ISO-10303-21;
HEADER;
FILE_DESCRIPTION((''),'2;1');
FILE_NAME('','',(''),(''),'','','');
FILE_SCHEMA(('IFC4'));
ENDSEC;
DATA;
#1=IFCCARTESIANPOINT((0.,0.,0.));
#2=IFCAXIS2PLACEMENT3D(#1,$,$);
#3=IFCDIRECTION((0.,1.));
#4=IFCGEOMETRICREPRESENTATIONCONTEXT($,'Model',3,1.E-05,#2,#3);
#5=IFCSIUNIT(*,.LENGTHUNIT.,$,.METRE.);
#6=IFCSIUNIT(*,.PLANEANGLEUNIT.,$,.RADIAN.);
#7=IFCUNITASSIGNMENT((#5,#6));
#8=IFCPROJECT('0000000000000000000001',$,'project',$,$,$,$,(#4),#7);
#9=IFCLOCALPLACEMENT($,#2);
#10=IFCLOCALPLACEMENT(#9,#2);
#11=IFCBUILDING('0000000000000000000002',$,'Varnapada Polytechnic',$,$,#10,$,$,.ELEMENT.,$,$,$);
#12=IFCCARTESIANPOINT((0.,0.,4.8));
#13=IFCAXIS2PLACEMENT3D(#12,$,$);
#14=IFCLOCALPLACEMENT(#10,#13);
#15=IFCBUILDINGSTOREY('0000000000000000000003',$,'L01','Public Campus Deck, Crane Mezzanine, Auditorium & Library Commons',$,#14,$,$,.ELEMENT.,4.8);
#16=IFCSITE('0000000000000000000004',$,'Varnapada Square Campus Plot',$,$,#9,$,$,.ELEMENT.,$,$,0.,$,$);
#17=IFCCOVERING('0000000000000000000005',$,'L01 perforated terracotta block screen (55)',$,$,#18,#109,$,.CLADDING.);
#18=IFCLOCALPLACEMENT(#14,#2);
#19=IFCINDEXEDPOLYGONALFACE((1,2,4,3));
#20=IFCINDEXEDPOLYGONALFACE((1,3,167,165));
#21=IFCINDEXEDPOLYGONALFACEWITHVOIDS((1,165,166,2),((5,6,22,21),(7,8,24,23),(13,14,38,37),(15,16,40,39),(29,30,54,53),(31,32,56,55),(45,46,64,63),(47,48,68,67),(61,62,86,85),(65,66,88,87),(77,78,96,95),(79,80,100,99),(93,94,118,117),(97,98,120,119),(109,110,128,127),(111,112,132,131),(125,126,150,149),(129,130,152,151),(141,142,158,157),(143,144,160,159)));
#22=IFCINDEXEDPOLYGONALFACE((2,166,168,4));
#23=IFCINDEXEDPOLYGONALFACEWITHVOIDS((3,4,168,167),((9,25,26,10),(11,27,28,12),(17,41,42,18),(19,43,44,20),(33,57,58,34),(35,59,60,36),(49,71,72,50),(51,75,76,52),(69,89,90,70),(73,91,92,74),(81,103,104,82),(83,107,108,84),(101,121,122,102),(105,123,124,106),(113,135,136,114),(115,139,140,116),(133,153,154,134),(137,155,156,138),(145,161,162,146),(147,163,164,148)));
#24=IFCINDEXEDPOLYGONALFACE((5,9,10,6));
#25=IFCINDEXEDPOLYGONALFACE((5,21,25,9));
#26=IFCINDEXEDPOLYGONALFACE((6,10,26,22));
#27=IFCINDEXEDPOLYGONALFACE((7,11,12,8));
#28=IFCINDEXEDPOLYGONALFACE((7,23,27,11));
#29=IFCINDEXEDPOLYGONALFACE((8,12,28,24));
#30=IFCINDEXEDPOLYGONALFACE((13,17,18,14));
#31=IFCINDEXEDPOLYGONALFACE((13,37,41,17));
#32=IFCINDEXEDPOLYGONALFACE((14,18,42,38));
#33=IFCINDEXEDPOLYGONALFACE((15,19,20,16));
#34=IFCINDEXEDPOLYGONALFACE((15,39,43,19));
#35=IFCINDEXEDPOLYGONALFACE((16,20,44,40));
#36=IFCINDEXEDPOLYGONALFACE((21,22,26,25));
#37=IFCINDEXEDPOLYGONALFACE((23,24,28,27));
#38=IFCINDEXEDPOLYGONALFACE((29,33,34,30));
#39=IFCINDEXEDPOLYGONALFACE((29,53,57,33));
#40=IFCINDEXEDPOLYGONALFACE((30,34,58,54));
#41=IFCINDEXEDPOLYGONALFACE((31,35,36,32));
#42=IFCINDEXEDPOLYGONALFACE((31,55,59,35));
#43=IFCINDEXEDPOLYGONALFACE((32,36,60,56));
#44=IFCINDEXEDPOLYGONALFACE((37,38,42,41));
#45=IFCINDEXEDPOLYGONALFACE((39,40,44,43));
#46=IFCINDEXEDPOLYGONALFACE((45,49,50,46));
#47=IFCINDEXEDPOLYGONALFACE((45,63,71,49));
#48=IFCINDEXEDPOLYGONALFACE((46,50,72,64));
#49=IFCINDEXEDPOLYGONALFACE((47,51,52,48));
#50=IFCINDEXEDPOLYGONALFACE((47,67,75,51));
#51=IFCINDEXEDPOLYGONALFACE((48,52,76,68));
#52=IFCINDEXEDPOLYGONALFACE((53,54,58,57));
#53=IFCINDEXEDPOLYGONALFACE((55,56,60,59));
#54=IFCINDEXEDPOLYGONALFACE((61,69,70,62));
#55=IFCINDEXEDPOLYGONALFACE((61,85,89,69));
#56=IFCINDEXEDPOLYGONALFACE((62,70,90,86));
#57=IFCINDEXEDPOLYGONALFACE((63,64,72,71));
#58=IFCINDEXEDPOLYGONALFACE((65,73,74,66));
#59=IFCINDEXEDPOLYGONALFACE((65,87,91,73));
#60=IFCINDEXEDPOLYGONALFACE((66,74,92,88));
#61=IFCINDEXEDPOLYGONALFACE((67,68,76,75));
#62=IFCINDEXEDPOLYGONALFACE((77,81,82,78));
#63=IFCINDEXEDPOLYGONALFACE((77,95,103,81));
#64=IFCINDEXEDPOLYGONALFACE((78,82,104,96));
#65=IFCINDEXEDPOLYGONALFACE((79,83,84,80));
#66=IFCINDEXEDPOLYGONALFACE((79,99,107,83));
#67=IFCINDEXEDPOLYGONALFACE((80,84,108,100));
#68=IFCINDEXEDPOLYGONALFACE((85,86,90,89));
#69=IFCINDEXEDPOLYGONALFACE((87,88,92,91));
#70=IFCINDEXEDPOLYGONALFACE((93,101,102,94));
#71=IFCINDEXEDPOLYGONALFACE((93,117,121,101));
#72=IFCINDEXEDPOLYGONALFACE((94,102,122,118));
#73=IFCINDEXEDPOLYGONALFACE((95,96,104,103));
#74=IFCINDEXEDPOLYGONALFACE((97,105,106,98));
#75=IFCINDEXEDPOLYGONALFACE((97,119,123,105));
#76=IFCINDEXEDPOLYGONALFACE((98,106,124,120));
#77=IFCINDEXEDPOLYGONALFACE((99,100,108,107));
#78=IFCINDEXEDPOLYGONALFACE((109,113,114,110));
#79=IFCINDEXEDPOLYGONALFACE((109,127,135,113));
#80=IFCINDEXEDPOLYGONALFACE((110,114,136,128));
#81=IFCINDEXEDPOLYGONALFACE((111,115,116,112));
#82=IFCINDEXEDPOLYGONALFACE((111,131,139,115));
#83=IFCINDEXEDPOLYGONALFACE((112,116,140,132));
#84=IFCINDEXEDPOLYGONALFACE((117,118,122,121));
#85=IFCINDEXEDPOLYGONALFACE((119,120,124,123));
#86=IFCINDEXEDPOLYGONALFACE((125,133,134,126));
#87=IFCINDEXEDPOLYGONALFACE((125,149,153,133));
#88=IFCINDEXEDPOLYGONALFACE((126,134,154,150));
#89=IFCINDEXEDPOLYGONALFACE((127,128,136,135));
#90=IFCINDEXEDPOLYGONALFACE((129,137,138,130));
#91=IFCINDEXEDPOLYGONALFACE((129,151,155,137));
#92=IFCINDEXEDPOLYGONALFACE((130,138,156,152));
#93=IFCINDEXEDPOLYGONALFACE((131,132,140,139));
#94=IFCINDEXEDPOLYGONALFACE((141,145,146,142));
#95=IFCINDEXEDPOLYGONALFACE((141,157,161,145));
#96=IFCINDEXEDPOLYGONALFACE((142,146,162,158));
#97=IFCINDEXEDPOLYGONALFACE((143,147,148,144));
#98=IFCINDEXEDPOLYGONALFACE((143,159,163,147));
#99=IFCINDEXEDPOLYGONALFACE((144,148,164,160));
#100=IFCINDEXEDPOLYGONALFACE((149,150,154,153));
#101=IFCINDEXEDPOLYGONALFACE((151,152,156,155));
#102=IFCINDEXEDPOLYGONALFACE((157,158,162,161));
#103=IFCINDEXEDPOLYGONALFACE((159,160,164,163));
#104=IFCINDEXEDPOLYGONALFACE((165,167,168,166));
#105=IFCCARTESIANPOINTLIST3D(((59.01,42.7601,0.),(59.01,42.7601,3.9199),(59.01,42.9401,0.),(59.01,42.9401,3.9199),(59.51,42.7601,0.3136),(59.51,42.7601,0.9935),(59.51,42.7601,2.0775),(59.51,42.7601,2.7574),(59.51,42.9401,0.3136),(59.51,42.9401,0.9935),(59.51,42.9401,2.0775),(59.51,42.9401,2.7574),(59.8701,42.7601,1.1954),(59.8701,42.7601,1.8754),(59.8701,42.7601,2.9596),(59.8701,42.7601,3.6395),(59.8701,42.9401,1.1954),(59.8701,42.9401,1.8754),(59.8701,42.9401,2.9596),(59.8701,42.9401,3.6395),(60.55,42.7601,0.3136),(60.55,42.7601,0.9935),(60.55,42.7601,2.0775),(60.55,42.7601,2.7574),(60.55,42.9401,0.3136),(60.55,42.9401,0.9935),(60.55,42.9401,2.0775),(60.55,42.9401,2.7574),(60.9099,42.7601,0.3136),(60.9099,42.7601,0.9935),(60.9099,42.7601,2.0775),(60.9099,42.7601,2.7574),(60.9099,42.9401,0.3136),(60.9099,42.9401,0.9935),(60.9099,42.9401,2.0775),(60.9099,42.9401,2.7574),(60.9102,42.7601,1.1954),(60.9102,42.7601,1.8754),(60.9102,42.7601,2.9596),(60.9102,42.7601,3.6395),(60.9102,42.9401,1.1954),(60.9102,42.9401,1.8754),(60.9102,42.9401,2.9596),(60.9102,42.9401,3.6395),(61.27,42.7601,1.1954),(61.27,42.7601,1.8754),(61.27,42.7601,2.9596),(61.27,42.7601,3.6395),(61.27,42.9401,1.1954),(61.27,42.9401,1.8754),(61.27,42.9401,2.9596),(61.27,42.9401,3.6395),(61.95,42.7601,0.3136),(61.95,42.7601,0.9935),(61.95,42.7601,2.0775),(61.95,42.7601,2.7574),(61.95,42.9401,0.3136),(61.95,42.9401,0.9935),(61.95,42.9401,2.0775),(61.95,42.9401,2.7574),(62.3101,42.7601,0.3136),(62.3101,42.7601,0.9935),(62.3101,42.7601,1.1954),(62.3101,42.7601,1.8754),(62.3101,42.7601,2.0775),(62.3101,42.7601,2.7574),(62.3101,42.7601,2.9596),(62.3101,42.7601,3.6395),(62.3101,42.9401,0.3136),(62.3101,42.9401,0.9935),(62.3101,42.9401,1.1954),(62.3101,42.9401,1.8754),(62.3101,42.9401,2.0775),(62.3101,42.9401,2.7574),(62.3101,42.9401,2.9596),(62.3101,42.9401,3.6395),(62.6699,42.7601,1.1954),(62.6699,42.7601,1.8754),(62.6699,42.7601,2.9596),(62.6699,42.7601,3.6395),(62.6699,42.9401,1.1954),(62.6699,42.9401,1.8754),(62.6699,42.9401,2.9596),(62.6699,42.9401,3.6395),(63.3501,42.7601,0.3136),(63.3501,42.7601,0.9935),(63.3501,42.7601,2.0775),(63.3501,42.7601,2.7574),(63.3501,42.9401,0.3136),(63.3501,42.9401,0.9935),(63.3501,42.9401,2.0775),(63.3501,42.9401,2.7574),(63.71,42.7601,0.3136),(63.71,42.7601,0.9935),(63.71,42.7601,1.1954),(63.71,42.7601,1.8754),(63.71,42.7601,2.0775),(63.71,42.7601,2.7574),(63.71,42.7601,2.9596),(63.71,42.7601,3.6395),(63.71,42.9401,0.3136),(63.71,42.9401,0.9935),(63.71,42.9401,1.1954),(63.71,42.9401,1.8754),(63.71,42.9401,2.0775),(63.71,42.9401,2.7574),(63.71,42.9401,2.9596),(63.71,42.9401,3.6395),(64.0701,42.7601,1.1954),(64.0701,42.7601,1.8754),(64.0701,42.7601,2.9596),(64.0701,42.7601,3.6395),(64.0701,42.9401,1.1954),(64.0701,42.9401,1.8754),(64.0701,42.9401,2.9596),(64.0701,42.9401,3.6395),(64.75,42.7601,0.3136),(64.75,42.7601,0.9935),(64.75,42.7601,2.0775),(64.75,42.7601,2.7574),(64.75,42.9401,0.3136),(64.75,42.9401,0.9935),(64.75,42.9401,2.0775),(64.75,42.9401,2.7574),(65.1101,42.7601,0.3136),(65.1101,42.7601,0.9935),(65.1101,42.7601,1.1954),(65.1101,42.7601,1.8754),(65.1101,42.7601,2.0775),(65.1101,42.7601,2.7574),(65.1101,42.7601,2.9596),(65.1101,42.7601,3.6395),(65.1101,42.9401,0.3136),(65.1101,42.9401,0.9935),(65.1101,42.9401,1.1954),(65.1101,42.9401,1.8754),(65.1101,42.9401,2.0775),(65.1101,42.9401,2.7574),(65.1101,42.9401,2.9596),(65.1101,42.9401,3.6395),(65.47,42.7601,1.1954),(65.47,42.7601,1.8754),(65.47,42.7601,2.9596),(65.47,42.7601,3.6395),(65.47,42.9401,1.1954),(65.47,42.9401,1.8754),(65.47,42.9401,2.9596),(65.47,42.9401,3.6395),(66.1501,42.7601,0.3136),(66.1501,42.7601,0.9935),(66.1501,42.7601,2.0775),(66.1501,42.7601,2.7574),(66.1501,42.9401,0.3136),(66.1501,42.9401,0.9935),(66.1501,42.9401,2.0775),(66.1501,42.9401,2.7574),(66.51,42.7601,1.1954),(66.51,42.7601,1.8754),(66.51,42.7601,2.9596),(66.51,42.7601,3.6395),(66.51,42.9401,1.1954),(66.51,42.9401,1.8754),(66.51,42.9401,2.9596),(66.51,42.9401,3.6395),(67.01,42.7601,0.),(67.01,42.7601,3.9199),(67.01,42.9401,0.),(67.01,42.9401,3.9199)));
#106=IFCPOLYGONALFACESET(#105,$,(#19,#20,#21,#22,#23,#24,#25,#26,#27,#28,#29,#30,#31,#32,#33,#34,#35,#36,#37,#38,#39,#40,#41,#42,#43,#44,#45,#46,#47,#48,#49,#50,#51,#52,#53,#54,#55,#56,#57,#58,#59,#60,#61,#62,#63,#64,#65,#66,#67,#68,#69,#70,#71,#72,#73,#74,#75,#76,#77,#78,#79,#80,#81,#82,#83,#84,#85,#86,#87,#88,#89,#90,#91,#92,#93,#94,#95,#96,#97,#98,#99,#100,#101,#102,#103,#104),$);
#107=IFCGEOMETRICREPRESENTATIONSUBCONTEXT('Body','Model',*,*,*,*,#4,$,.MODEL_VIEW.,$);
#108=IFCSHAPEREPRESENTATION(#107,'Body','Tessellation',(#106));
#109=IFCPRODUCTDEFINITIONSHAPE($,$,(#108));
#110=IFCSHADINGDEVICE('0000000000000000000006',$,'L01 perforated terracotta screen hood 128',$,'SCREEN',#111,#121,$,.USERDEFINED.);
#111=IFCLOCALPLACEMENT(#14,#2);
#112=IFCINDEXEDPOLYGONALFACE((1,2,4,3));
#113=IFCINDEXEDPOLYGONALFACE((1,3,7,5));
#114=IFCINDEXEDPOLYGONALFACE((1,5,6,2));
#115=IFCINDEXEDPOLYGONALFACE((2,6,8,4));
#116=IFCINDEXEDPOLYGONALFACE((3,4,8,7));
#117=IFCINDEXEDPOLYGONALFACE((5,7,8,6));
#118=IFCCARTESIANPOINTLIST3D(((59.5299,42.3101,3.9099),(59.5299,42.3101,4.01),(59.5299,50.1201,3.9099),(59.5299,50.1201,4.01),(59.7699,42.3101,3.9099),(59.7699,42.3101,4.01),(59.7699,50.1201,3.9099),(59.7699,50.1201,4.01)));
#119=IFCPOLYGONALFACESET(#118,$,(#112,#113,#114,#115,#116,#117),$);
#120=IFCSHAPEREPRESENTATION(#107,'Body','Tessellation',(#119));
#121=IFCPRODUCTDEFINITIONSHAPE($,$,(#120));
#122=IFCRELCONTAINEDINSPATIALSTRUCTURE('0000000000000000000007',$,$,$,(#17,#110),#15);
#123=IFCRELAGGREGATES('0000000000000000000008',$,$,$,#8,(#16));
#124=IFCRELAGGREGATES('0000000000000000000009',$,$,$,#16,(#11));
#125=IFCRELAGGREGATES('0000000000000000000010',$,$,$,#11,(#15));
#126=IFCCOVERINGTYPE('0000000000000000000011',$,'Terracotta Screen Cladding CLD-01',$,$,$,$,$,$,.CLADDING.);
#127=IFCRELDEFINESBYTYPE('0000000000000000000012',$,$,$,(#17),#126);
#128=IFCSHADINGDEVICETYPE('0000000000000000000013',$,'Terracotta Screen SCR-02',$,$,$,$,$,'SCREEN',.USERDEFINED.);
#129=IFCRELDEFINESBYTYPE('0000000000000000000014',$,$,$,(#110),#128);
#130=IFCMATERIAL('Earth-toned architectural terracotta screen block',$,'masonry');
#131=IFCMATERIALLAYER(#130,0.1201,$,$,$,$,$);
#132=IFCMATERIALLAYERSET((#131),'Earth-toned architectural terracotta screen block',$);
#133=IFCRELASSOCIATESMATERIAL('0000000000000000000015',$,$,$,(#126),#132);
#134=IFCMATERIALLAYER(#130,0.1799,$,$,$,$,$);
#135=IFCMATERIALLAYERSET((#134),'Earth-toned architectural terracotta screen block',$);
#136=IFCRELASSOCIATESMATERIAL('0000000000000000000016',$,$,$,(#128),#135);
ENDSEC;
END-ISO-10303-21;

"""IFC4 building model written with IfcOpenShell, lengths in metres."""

from ifc_helpers import new_model, si_unit, direction, frame, frame_2d, origin, origin_2d, place, context, subcontext, project, spatial, rectangle, extrude, material, layer, layer_set, type_object, element, save


model = new_model("IFC4")

# Units and contexts
model_context = context("Model", 3, precision=1e-05, world=origin(), true_north=direction((0.0, 1.0)))
body_context = subcontext(model_context, "Body", "Model", "MODEL_VIEW")
ifc_project = project(units=[si_unit("LENGTHUNIT", "METRE"), si_unit("PLANEANGLEUNIT", "RADIAN")], contexts=[model_context])

# Site, building, storey
site_placement = place(None, origin())
site = spatial("IfcSite", under=ifc_project, at=site_placement, Name="Varnapada Square Campus Plot", CompositionType="ELEMENT", RefElevation=0.0)
building_placement = place(site_placement, origin())
building = spatial("IfcBuilding", under=site, at=building_placement, Name="Varnapada Polytechnic", CompositionType="ELEMENT")
storey_placement = place(building_placement, frame((0.0, 0.0, 4.8)))
storey = spatial("IfcBuildingStorey", under=building, at=storey_placement, Name="L01", Description="Public Campus Deck, Crane Mezzanine, Auditorium & Library Commons", CompositionType="ELEMENT", Elevation=4.8)

# Covering, openings
ifc_material_1 = material(Name="Earth-toned architectural terracotta screen block", Category="masonry")
ifc_layer_1 = layer(ifc_material_1, 0.1201)
ifc_layer_set_1 = layer_set([ifc_layer_1], Name="Earth-toned architectural terracotta screen block")
covering_type = type_object("IfcCoveringType", Name="Terracotta Screen Cladding CLD-01", PredefinedType="CLADDING", material=ifc_layer_set_1)
covering_placement = place(storey_placement, frame((59.01, 42.8501, 0.0), z_axis=(0.0, 0.0, 1.0), x_axis=(1.0, 0.0, 0.0)))
covering = element("IfcCovering", 1, at=covering_placement, inside=storey, type_object=covering_type, Name="L01 perforated terracotta block screen (55)", PredefinedType="CLADDING", context=body_context, shape_type="SweptSolid", body=[
    extrude(rectangle(XDim=8.0, YDim=0.1799, at=frame_2d((4.0, 0.0))), origin(), (0.0, 0.0, 1.0), 3.9199),
])
opening_1_placement = place(covering_placement, frame((0.5, 0.0, 0.3137)))
element("IfcOpeningElement", 2, at=opening_1_placement, cuts=covering, PredefinedType="OPENING", context=body_context, shape_type="SweptSolid", body=[
    extrude(rectangle(XDim=1.04, YDim=0.6799, at=frame_2d((0.52, 0.3398))), frame((0.0, 0.0999, 0.0), z_axis=(0.0, -1.0, 0.0), x_axis=(1.0, 0.0, 0.0)), (0.0, 0.0, 1.0), 0.2),
])
opening_2_placement = place(covering_placement, frame((1.8999, 0.0, 0.3137)))
element("IfcOpeningElement", 3, at=opening_2_placement, cuts=covering, PredefinedType="OPENING", context=body_context, shape_type="SweptSolid", body=[
    extrude(rectangle(XDim=1.04, YDim=0.6799, at=frame_2d((0.52, 0.3398))), frame((0.0, 0.0999, 0.0), z_axis=(0.0, -1.0, 0.0), x_axis=(1.0, 0.0, 0.0)), (0.0, 0.0, 1.0), 0.2),
])
opening_3_placement = place(covering_placement, frame((3.3, 0.0, 0.3137)))
element("IfcOpeningElement", 4, at=opening_3_placement, cuts=covering, PredefinedType="OPENING", context=body_context, shape_type="SweptSolid", body=[
    extrude(rectangle(XDim=1.04, YDim=0.6799, at=frame_2d((0.52, 0.3398))), frame((0.0, 0.0999, 0.0), z_axis=(0.0, -1.0, 0.0), x_axis=(1.0, 0.0, 0.0)), (0.0, 0.0, 1.0), 0.2),
])
opening_4_placement = place(covering_placement, frame((4.7, 0.0, 0.3137)))
element("IfcOpeningElement", 5, at=opening_4_placement, cuts=covering, PredefinedType="OPENING", context=body_context, shape_type="SweptSolid", body=[
    extrude(rectangle(XDim=1.04, YDim=0.6799, at=frame_2d((0.52, 0.3398))), frame((0.0, 0.0999, 0.0), z_axis=(0.0, -1.0, 0.0), x_axis=(1.0, 0.0, 0.0)), (0.0, 0.0, 1.0), 0.2),
])
opening_5_placement = place(covering_placement, frame((6.1001, 0.0, 0.3137)))
element("IfcOpeningElement", 6, at=opening_5_placement, cuts=covering, PredefinedType="OPENING", context=body_context, shape_type="SweptSolid", body=[
    extrude(rectangle(XDim=1.04, YDim=0.6799, at=frame_2d((0.52, 0.3398))), frame((0.0, 0.0999, 0.0), z_axis=(0.0, -1.0, 0.0), x_axis=(1.0, 0.0, 0.0)), (0.0, 0.0, 1.0), 0.2),
])
opening_6_placement = place(covering_placement, frame((0.8601, 0.0, 1.1956)))
element("IfcOpeningElement", 7, at=opening_6_placement, cuts=covering, PredefinedType="OPENING", context=body_context, shape_type="SweptSolid", body=[
    extrude(rectangle(XDim=1.04, YDim=0.6799, at=frame_2d((0.52, 0.3398))), frame((0.0, 0.0999, 0.0), z_axis=(0.0, -1.0, 0.0), x_axis=(1.0, 0.0, 0.0)), (0.0, 0.0, 1.0), 0.2),
])
opening_7_placement = place(covering_placement, frame((2.26, 0.0, 1.1956)))
element("IfcOpeningElement", 8, at=opening_7_placement, cuts=covering, PredefinedType="OPENING", context=body_context, shape_type="SweptSolid", body=[
    extrude(rectangle(XDim=1.04, YDim=0.6799, at=frame_2d((0.52, 0.3398))), frame((0.0, 0.0999, 0.0), z_axis=(0.0, -1.0, 0.0), x_axis=(1.0, 0.0, 0.0)), (0.0, 0.0, 1.0), 0.2),
])
opening_8_placement = place(covering_placement, frame((3.6599, 0.0, 1.1956)))
element("IfcOpeningElement", 9, at=opening_8_placement, cuts=covering, PredefinedType="OPENING", context=body_context, shape_type="SweptSolid", body=[
    extrude(rectangle(XDim=1.04, YDim=0.6799, at=frame_2d((0.52, 0.3398))), frame((0.0, 0.0999, 0.0), z_axis=(0.0, -1.0, 0.0), x_axis=(1.0, 0.0, 0.0)), (0.0, 0.0, 1.0), 0.2),
])
opening_9_placement = place(covering_placement, frame((5.0601, 0.0, 1.1956)))
element("IfcOpeningElement", 10, at=opening_9_placement, cuts=covering, PredefinedType="OPENING", context=body_context, shape_type="SweptSolid", body=[
    extrude(rectangle(XDim=1.04, YDim=0.6799, at=frame_2d((0.52, 0.3398))), frame((0.0, 0.0999, 0.0), z_axis=(0.0, -1.0, 0.0), x_axis=(1.0, 0.0, 0.0)), (0.0, 0.0, 1.0), 0.2),
])
opening_10_placement = place(covering_placement, frame((6.46, 0.0, 1.1956)))
element("IfcOpeningElement", 11, at=opening_10_placement, cuts=covering, PredefinedType="OPENING", context=body_context, shape_type="SweptSolid", body=[
    extrude(rectangle(XDim=1.04, YDim=0.6799, at=frame_2d((0.52, 0.3398))), frame((0.0, 0.0999, 0.0), z_axis=(0.0, -1.0, 0.0), x_axis=(1.0, 0.0, 0.0)), (0.0, 0.0, 1.0), 0.2),
])
opening_11_placement = place(covering_placement, frame((0.5, 0.0, 2.0776)))
element("IfcOpeningElement", 12, at=opening_11_placement, cuts=covering, PredefinedType="OPENING", context=body_context, shape_type="SweptSolid", body=[
    extrude(rectangle(XDim=1.04, YDim=0.6799, at=frame_2d((0.52, 0.3398))), frame((0.0, 0.0999, 0.0), z_axis=(0.0, -1.0, 0.0), x_axis=(1.0, 0.0, 0.0)), (0.0, 0.0, 1.0), 0.2),
])
opening_12_placement = place(covering_placement, frame((1.8999, 0.0, 2.0776)))
element("IfcOpeningElement", 13, at=opening_12_placement, cuts=covering, PredefinedType="OPENING", context=body_context, shape_type="SweptSolid", body=[
    extrude(rectangle(XDim=1.04, YDim=0.6799, at=frame_2d((0.52, 0.3398))), frame((0.0, 0.0999, 0.0), z_axis=(0.0, -1.0, 0.0), x_axis=(1.0, 0.0, 0.0)), (0.0, 0.0, 1.0), 0.2),
])
opening_13_placement = place(covering_placement, frame((3.3, 0.0, 2.0776)))
element("IfcOpeningElement", 14, at=opening_13_placement, cuts=covering, PredefinedType="OPENING", context=body_context, shape_type="SweptSolid", body=[
    extrude(rectangle(XDim=1.04, YDim=0.6799, at=frame_2d((0.52, 0.3398))), frame((0.0, 0.0999, 0.0), z_axis=(0.0, -1.0, 0.0), x_axis=(1.0, 0.0, 0.0)), (0.0, 0.0, 1.0), 0.2),
])
opening_14_placement = place(covering_placement, frame((4.7, 0.0, 2.0776)))
element("IfcOpeningElement", 15, at=opening_14_placement, cuts=covering, PredefinedType="OPENING", context=body_context, shape_type="SweptSolid", body=[
    extrude(rectangle(XDim=1.04, YDim=0.6799, at=frame_2d((0.52, 0.3398))), frame((0.0, 0.0999, 0.0), z_axis=(0.0, -1.0, 0.0), x_axis=(1.0, 0.0, 0.0)), (0.0, 0.0, 1.0), 0.2),
])
opening_15_placement = place(covering_placement, frame((6.1001, 0.0, 2.0776)))
element("IfcOpeningElement", 16, at=opening_15_placement, cuts=covering, PredefinedType="OPENING", context=body_context, shape_type="SweptSolid", body=[
    extrude(rectangle(XDim=1.04, YDim=0.6799, at=frame_2d((0.52, 0.3398))), frame((0.0, 0.0999, 0.0), z_axis=(0.0, -1.0, 0.0), x_axis=(1.0, 0.0, 0.0)), (0.0, 0.0, 1.0), 0.2),
])
opening_16_placement = place(covering_placement, frame((0.8601, 0.0, 2.9597)))
element("IfcOpeningElement", 17, at=opening_16_placement, cuts=covering, PredefinedType="OPENING", context=body_context, shape_type="SweptSolid", body=[
    extrude(rectangle(XDim=1.04, YDim=0.6799, at=frame_2d((0.52, 0.3398))), frame((0.0, 0.0999, 0.0), z_axis=(0.0, -1.0, 0.0), x_axis=(1.0, 0.0, 0.0)), (0.0, 0.0, 1.0), 0.2),
])
opening_17_placement = place(covering_placement, frame((2.26, 0.0, 2.9597)))
element("IfcOpeningElement", 18, at=opening_17_placement, cuts=covering, PredefinedType="OPENING", context=body_context, shape_type="SweptSolid", body=[
    extrude(rectangle(XDim=1.04, YDim=0.6799, at=frame_2d((0.52, 0.3398))), frame((0.0, 0.0999, 0.0), z_axis=(0.0, -1.0, 0.0), x_axis=(1.0, 0.0, 0.0)), (0.0, 0.0, 1.0), 0.2),
])
opening_18_placement = place(covering_placement, frame((3.6599, 0.0, 2.9597)))
element("IfcOpeningElement", 19, at=opening_18_placement, cuts=covering, PredefinedType="OPENING", context=body_context, shape_type="SweptSolid", body=[
    extrude(rectangle(XDim=1.04, YDim=0.6799, at=frame_2d((0.52, 0.3398))), frame((0.0, 0.0999, 0.0), z_axis=(0.0, -1.0, 0.0), x_axis=(1.0, 0.0, 0.0)), (0.0, 0.0, 1.0), 0.2),
])
opening_19_placement = place(covering_placement, frame((5.0601, 0.0, 2.9597)))
element("IfcOpeningElement", 20, at=opening_19_placement, cuts=covering, PredefinedType="OPENING", context=body_context, shape_type="SweptSolid", body=[
    extrude(rectangle(XDim=1.04, YDim=0.6799, at=frame_2d((0.52, 0.3398))), frame((0.0, 0.0999, 0.0), z_axis=(0.0, -1.0, 0.0), x_axis=(1.0, 0.0, 0.0)), (0.0, 0.0, 1.0), 0.2),
])
opening_20_placement = place(covering_placement, frame((6.46, 0.0, 2.9597)))
element("IfcOpeningElement", 21, at=opening_20_placement, cuts=covering, PredefinedType="OPENING", context=body_context, shape_type="SweptSolid", body=[
    extrude(rectangle(XDim=1.04, YDim=0.6799, at=frame_2d((0.52, 0.3398))), frame((0.0, 0.0999, 0.0), z_axis=(0.0, -1.0, 0.0), x_axis=(1.0, 0.0, 0.0)), (0.0, 0.0, 1.0), 0.2),
])

# Shading device
ifc_layer_2 = layer(ifc_material_1, 0.1799)
ifc_layer_set_2 = layer_set([ifc_layer_2], Name="Earth-toned architectural terracotta screen block")
shading_device_type = type_object("IfcShadingDeviceType", Name="Terracotta Screen SCR-02", ElementType="SCREEN", PredefinedType="USERDEFINED", material=ifc_layer_set_2)
shading_device_placement = place(storey_placement, frame((59.6499, 46.2151, 3.9099), z_axis=(0.0, 0.0, 1.0), x_axis=(0.0, -1.0, 0.0)))
element("IfcShadingDevice", 22, at=shading_device_placement, inside=storey, type_object=shading_device_type, Name="L01 perforated terracotta screen hood 128", ObjectType="SCREEN", PredefinedType="USERDEFINED", context=body_context, shape_type="SweptSolid", body=[
    extrude(rectangle(XDim=7.8101, YDim=0.24, at=origin_2d()), origin(), (0.0, 0.0, 1.0), 0.1001),
])

save(model, "model.ifc")
